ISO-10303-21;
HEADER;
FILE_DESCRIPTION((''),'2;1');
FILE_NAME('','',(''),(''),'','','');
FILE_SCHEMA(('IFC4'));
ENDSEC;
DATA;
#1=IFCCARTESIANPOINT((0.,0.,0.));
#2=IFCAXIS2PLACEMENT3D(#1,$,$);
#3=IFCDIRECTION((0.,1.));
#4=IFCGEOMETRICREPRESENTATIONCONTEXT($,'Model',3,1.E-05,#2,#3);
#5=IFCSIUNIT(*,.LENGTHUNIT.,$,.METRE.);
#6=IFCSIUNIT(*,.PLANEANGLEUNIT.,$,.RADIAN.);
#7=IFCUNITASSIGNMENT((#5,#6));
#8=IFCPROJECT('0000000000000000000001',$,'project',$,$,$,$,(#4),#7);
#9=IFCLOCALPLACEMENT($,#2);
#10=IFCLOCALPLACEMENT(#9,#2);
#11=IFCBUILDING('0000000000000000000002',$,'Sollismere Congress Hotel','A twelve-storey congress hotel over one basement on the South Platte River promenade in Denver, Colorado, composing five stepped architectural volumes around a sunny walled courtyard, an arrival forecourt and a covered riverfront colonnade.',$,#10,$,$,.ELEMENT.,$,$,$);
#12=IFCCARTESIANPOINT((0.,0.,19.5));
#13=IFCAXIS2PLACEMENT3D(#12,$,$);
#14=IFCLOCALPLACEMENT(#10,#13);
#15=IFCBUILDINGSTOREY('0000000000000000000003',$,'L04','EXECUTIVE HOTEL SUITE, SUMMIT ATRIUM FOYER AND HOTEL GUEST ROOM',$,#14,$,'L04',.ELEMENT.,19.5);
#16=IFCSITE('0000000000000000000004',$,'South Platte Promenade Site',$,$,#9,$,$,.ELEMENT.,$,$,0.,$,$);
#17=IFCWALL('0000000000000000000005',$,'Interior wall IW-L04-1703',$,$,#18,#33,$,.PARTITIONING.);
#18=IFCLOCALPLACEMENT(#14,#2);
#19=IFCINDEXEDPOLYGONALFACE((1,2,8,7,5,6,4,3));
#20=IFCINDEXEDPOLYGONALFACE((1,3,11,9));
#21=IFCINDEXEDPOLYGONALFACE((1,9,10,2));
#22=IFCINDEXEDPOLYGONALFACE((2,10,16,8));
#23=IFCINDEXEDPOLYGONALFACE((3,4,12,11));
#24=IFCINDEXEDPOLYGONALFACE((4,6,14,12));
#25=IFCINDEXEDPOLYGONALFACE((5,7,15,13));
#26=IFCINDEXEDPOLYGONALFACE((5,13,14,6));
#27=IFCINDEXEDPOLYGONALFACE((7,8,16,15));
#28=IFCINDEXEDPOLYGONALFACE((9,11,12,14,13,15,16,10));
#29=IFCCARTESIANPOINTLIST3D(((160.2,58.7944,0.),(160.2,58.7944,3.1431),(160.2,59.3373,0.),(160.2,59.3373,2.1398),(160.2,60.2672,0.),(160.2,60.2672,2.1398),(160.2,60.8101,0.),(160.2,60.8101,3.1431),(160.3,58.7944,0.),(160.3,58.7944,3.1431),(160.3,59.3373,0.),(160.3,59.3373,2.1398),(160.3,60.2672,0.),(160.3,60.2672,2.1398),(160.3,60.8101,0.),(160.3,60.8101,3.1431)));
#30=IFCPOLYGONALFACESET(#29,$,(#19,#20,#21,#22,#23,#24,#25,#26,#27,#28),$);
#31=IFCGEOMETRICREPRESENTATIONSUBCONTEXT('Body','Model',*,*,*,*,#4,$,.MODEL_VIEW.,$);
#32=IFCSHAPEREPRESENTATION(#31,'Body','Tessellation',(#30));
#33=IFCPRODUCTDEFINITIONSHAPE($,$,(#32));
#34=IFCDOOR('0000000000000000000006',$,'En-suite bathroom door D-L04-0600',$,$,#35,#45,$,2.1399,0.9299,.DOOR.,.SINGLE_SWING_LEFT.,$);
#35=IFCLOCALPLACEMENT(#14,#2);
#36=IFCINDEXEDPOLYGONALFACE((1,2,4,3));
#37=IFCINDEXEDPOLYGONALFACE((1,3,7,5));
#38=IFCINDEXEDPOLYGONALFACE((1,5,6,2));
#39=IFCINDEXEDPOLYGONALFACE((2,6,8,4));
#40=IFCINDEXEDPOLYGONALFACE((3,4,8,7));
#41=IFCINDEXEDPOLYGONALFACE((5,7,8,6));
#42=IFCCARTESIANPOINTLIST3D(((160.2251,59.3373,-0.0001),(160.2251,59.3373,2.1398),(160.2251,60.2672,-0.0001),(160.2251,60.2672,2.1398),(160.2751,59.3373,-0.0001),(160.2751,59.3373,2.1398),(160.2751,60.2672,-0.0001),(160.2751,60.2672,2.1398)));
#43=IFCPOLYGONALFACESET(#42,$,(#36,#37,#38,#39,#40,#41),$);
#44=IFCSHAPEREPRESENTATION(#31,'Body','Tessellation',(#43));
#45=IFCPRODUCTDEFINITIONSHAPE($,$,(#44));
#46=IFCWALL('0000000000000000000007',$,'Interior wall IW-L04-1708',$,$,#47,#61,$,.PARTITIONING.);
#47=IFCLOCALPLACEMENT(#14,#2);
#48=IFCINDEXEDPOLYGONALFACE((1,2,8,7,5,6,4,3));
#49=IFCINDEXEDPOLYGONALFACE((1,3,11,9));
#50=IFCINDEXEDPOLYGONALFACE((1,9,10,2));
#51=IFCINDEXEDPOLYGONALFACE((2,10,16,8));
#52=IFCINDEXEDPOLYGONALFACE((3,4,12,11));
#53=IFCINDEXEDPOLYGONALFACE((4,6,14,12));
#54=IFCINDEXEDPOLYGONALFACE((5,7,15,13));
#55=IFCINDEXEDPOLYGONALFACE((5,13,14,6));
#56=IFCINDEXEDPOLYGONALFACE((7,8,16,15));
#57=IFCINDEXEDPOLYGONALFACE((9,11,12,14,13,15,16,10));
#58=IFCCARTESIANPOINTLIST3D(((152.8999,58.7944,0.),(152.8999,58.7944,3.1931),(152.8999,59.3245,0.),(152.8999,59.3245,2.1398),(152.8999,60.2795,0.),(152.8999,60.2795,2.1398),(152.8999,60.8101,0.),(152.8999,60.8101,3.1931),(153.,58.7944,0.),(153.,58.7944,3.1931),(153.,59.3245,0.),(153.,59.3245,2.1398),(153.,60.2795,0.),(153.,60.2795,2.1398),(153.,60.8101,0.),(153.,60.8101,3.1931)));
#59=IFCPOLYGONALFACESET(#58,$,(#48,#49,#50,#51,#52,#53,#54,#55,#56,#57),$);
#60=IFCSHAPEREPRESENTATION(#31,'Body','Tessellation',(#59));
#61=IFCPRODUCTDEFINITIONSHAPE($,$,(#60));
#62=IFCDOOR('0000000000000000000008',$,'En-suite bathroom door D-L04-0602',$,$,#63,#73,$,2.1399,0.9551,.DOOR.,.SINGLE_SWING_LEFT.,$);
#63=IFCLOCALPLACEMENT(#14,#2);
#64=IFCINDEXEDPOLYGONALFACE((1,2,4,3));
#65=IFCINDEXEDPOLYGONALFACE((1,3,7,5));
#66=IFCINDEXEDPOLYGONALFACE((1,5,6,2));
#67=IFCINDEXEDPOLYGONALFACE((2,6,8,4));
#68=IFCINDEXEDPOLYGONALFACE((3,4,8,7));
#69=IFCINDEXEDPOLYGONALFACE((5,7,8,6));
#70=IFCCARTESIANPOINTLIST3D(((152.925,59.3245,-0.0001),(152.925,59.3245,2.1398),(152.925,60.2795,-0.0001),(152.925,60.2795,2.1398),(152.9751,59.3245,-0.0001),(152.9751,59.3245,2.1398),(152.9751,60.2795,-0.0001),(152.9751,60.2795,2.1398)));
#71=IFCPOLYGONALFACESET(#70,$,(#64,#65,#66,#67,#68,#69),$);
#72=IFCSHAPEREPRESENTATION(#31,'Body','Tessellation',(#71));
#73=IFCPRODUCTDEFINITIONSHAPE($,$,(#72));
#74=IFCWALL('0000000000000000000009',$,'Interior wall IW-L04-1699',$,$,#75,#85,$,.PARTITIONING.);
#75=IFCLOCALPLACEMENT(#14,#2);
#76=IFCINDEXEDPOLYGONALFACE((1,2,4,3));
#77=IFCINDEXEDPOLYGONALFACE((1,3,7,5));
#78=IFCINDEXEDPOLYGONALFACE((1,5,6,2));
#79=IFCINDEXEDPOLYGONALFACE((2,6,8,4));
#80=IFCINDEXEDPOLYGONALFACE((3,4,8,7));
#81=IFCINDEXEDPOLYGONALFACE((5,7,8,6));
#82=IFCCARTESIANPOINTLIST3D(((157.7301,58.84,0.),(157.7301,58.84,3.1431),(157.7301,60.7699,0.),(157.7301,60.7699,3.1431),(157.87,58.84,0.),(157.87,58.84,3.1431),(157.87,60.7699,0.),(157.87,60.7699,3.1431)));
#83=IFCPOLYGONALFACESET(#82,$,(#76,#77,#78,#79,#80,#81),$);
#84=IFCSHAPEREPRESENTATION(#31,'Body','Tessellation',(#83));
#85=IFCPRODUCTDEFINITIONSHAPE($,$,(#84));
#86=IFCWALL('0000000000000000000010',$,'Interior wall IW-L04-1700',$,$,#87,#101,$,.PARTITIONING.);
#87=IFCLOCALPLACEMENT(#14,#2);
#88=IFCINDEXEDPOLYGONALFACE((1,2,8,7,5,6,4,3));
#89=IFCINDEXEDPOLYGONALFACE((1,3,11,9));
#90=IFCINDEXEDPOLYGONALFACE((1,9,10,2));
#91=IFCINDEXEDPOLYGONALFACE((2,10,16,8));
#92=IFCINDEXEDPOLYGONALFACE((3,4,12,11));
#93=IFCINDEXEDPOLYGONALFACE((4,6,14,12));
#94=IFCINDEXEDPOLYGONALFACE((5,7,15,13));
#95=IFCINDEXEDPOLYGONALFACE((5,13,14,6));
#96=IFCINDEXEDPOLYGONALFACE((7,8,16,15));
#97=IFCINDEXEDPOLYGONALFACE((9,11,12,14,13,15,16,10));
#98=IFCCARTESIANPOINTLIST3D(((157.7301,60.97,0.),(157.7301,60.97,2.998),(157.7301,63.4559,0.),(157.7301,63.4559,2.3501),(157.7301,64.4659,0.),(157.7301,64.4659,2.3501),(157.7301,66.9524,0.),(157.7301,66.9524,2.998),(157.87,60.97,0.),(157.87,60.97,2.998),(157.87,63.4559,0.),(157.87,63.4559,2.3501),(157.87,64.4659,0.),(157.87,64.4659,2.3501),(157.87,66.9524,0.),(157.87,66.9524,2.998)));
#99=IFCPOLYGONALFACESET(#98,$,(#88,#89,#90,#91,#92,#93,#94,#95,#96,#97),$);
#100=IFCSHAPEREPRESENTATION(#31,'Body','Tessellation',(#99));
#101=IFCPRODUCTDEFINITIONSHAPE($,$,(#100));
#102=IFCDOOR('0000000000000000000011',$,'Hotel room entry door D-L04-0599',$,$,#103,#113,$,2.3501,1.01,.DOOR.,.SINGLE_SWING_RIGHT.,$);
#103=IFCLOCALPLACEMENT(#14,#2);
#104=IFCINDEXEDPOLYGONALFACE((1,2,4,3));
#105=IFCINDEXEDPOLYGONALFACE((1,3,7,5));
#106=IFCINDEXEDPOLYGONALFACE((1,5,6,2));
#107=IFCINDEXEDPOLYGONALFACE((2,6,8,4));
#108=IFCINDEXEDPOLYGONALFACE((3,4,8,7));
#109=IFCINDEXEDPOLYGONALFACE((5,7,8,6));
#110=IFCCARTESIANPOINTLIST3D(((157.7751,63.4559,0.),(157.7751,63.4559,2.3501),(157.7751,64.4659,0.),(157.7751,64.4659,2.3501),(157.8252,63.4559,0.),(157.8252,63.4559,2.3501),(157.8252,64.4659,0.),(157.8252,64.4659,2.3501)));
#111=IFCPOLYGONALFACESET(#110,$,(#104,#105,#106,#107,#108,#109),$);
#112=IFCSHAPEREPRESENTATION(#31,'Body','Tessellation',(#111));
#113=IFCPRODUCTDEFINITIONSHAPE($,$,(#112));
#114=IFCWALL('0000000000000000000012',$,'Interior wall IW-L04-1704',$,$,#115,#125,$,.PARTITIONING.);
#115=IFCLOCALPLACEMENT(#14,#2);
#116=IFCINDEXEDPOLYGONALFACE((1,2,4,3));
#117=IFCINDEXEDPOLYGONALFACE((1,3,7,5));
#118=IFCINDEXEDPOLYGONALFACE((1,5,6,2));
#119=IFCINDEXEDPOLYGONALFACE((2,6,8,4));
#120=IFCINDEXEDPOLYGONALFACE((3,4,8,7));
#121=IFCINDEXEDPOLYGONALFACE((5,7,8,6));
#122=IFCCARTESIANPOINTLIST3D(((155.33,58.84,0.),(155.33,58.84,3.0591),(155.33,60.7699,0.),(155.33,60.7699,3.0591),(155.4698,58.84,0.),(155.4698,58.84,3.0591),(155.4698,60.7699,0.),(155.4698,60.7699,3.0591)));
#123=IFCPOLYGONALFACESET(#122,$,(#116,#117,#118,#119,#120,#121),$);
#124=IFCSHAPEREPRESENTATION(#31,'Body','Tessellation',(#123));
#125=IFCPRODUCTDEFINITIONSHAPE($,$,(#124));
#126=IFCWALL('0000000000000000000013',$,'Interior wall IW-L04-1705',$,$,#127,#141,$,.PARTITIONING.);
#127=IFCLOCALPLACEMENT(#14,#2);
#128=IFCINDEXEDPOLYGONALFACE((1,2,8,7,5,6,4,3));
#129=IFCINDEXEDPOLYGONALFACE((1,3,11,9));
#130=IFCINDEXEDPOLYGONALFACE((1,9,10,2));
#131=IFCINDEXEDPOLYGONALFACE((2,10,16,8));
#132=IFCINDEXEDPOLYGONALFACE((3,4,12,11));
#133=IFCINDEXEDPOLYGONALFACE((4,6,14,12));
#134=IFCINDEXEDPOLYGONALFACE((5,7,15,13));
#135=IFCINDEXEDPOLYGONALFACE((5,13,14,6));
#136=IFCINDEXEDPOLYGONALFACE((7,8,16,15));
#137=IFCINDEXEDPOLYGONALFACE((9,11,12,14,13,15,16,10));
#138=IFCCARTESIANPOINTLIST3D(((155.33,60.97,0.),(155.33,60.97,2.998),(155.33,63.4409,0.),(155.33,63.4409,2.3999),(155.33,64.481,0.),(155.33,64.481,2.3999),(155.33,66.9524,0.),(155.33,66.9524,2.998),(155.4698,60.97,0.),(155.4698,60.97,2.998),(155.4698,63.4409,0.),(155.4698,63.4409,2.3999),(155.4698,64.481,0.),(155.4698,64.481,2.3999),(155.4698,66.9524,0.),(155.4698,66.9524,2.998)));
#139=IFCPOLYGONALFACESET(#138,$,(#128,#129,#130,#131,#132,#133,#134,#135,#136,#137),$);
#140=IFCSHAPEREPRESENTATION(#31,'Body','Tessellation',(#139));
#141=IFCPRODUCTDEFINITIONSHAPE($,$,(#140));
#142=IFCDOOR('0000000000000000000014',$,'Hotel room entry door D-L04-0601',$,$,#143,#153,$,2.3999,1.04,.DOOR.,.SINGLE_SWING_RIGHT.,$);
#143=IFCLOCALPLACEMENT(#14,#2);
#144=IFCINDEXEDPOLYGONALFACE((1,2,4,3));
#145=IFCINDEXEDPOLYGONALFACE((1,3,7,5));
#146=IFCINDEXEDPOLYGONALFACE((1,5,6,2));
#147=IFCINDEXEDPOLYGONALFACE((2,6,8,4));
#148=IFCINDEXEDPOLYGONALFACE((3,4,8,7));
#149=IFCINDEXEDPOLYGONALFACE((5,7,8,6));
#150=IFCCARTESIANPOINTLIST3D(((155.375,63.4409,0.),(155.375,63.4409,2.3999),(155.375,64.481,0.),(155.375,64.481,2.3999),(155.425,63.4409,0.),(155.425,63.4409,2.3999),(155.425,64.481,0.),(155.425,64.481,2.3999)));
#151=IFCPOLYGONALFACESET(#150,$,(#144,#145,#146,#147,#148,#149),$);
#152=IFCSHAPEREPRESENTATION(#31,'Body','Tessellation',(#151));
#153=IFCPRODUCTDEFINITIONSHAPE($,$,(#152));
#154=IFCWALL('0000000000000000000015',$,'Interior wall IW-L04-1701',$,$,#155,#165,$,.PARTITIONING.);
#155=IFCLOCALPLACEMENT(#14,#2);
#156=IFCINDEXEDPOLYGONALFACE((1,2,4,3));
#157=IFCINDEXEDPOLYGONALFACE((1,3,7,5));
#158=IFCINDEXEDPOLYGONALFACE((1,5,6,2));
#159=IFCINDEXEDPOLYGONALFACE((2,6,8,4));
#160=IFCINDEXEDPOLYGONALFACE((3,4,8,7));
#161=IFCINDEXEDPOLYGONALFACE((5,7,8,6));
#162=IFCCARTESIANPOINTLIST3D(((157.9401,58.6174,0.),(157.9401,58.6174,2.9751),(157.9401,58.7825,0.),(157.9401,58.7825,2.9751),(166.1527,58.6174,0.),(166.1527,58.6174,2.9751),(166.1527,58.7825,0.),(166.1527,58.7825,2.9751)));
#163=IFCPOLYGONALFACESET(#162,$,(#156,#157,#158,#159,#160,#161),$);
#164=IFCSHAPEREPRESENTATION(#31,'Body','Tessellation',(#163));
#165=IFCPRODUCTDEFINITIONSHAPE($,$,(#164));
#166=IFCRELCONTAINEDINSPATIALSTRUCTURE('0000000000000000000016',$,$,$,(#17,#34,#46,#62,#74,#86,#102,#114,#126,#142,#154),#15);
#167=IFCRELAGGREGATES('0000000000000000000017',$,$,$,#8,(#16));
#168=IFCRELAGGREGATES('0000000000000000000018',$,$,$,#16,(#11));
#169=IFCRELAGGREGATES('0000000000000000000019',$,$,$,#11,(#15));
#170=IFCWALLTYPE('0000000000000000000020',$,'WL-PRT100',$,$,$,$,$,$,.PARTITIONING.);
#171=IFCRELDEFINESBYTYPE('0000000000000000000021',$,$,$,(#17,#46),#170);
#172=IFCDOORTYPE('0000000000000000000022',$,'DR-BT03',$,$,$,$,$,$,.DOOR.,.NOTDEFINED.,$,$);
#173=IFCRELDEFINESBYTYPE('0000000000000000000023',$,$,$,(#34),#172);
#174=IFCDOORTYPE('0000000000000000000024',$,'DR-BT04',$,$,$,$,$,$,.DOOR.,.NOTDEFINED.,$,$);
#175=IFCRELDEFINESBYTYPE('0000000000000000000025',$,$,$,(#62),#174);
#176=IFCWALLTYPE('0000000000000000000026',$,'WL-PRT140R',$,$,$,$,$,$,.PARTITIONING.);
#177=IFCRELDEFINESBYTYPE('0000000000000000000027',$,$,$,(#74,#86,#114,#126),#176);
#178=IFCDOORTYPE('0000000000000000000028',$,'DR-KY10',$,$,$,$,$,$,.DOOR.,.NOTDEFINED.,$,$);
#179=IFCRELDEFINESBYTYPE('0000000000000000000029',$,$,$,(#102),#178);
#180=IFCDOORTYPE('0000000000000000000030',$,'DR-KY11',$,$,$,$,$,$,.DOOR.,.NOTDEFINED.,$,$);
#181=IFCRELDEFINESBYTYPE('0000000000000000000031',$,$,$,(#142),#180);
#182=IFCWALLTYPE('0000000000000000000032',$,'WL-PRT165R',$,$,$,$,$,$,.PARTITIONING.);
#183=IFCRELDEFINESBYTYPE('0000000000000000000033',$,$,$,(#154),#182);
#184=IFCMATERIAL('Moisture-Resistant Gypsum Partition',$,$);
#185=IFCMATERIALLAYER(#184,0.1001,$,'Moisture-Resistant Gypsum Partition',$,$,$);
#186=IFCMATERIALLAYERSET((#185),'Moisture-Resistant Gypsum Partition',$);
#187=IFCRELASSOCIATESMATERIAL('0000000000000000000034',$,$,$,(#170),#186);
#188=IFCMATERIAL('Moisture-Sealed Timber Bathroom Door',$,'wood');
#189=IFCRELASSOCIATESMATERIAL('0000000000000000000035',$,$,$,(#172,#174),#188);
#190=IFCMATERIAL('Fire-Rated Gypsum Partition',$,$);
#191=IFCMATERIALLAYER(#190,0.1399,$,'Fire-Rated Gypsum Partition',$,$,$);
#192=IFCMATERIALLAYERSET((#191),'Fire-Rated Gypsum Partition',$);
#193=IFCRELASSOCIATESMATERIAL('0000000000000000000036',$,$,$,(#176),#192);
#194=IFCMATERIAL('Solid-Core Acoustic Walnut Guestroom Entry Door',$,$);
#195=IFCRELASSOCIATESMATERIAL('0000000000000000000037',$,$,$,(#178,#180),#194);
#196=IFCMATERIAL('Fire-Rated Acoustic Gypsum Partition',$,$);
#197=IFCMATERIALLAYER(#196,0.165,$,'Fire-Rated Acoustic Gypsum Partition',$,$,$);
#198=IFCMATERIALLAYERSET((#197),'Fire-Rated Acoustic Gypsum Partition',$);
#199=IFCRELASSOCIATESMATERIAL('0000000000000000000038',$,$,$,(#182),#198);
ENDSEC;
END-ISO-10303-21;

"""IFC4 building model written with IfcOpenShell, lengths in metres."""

from ifc_helpers import new_model, si_unit, direction, frame, frame_2d, origin, place, context, subcontext, project, spatial, rectangle, extrude, material, layer, layer_set, type_object, element, fill, save


model = new_model("IFC4")

# Units and contexts
model_context = context("Model", 3, precision=1e-05, world=origin(), true_north=direction((0.0, 1.0)))
body_context = subcontext(model_context, "Body", "Model", "MODEL_VIEW")
ifc_project = project(units=[si_unit("LENGTHUNIT", "METRE"), si_unit("PLANEANGLEUNIT", "RADIAN")], contexts=[model_context])

# Site, building, storey
site_placement = place(None, origin())
site = spatial("IfcSite", under=ifc_project, at=site_placement, Name="South Platte Promenade Site", CompositionType="ELEMENT", RefElevation=0.0)
building_placement = place(site_placement, origin())
building = spatial("IfcBuilding", under=site, at=building_placement, Name="Sollismere Congress Hotel", Description="A twelve-storey congress hotel over one basement on the South Platte River promenade in Denver, Colorado, composing five stepped architectural volumes around a sunny walled courtyard, an arrival forecourt and a covered riverfront colonnade.", CompositionType="ELEMENT")
storey_placement = place(building_placement, frame((0.0, 0.0, 19.5)))
storey = spatial("IfcBuildingStorey", under=building, at=storey_placement, Name="L04", Description="EXECUTIVE HOTEL SUITE, SUMMIT ATRIUM FOYER AND HOTEL GUEST ROOM", LongName="L04", CompositionType="ELEMENT", Elevation=19.5)

# Walls, openings, doors
ifc_material_1 = material(Name="Moisture-Resistant Gypsum Partition")
ifc_layer_1 = layer(ifc_material_1, 0.1001, Name="Moisture-Resistant Gypsum Partition")
ifc_layer_set_1 = layer_set([ifc_layer_1], Name="Moisture-Resistant Gypsum Partition")
wall_type_1 = type_object("IfcWallType", Name="WL-PRT100", PredefinedType="PARTITIONING", material=ifc_layer_set_1)
wall_1_placement = place(storey_placement, frame((160.25, 58.7944, 0.0), z_axis=(0.0, 0.0, 1.0), x_axis=(0.0, 1.0, 0.0)))
wall_1 = element("IfcWall", 1, at=wall_1_placement, inside=storey, type_object=wall_type_1, Name="Interior wall IW-L04-1703", PredefinedType="PARTITIONING", context=body_context, shape_type="SweptSolid", body=[
    extrude(rectangle(XDim=2.0156, YDim=0.1001, at=frame_2d((1.0078, 0.0))), origin(), (0.0, 0.0, 1.0), 3.1431),
])
opening_1_placement = place(wall_1_placement, frame((0.543, 0.0, 0.0)))
opening_1 = element("IfcOpeningElement", 2, at=opening_1_placement, cuts=wall_1, PredefinedType="OPENING", context=body_context, shape_type="SweptSolid", body=[
    extrude(rectangle(XDim=0.9299, YDim=2.1399, at=frame_2d((0.4648, 1.0698))), frame((0.0, 0.0601, 0.0), z_axis=(0.0, -1.0, 0.0), x_axis=(1.0, 0.0, 0.0)), (0.0, 0.0, 1.0), 0.1201),
])
ifc_material_2 = material(Name="Moisture-Sealed Timber Bathroom Door", Category="wood")
door_type_1 = type_object("IfcDoorType", Name="DR-BT03", OperationType="NOTDEFINED", PredefinedType="DOOR", material=ifc_material_2)
door_1_placement = place(opening_1_placement, origin())
door_1 = element("IfcDoor", 3, at=door_1_placement, inside=storey, type_object=door_type_1, Name="En-suite bathroom door D-L04-0600", OperationType="SINGLE_SWING_LEFT", OverallHeight=2.1399, OverallWidth=0.9299, PredefinedType="DOOR", context=body_context, shape_type="SweptSolid", body=[
    extrude(rectangle(XDim=0.9299, YDim=2.1399, at=frame_2d((0.4648, 1.0698))), frame((0.0, 0.0249, 0.0), z_axis=(0.0, -1.0, 0.0), x_axis=(1.0, 0.0, 0.0)), (0.0, 0.0, 1.0), 0.05),
])
fill(opening_1, door_1)
wall_2_placement = place(storey_placement, frame((152.95, 58.7944, 0.0), z_axis=(0.0, 0.0, 1.0), x_axis=(0.0, 1.0, 0.0)))
wall_2 = element("IfcWall", 4, at=wall_2_placement, inside=storey, type_object=wall_type_1, Name="Interior wall IW-L04-1708", PredefinedType="PARTITIONING", context=body_context, shape_type="SweptSolid", body=[
    extrude(rectangle(XDim=2.0156, YDim=0.1001, at=frame_2d((1.0078, 0.0))), origin(), (0.0, 0.0, 1.0), 3.1931),
])
opening_2_placement = place(wall_2_placement, frame((0.53, 0.0, 0.0)))
opening_2 = element("IfcOpeningElement", 5, at=opening_2_placement, cuts=wall_2, PredefinedType="OPENING", context=body_context, shape_type="SweptSolid", body=[
    extrude(rectangle(XDim=0.9551, YDim=2.1399, at=frame_2d((0.4775, 1.0698))), frame((0.0, 0.0601, 0.0), z_axis=(0.0, -1.0, 0.0), x_axis=(1.0, 0.0, 0.0)), (0.0, 0.0, 1.0), 0.1201),
])
door_type_2 = type_object("IfcDoorType", Name="DR-BT04", OperationType="NOTDEFINED", PredefinedType="DOOR", material=ifc_material_2)
door_2_placement = place(opening_2_placement, origin())
door_2 = element("IfcDoor", 6, at=door_2_placement, inside=storey, type_object=door_type_2, Name="En-suite bathroom door D-L04-0602", OperationType="SINGLE_SWING_LEFT", OverallHeight=2.1399, OverallWidth=0.9551, PredefinedType="DOOR", context=body_context, shape_type="SweptSolid", body=[
    extrude(rectangle(XDim=0.9551, YDim=2.1399, at=frame_2d((0.4775, 1.0698))), frame((0.0, 0.0249, 0.0), z_axis=(0.0, -1.0, 0.0), x_axis=(1.0, 0.0, 0.0)), (0.0, 0.0, 1.0), 0.05),
])
fill(opening_2, door_2)

# Wall
ifc_material_3 = material(Name="Fire-Rated Gypsum Partition")
ifc_layer_2 = layer(ifc_material_3, 0.1399, Name="Fire-Rated Gypsum Partition")
ifc_layer_set_2 = layer_set([ifc_layer_2], Name="Fire-Rated Gypsum Partition")
wall_type_2 = type_object("IfcWallType", Name="WL-PRT140R", PredefinedType="PARTITIONING", material=ifc_layer_set_2)
wall_3_placement = place(storey_placement, frame((157.8, 58.8401, 0.0), z_axis=(0.0, 0.0, 1.0), x_axis=(0.0, 1.0, 0.0)))
element("IfcWall", 7, at=wall_3_placement, inside=storey, type_object=wall_type_2, Name="Interior wall IW-L04-1699", PredefinedType="PARTITIONING", context=body_context, shape_type="SweptSolid", body=[
    extrude(rectangle(XDim=1.9299, YDim=0.1399, at=frame_2d((0.9648, 0.0))), origin(), (0.0, 0.0, 1.0), 3.1431),
])

# Wall, opening, door
wall_4_placement = place(storey_placement, frame((157.8, 60.97, 0.0), z_axis=(0.0, 0.0, 1.0), x_axis=(0.0, 1.0, 0.0)))
wall_4 = element("IfcWall", 8, at=wall_4_placement, inside=storey, type_object=wall_type_2, Name="Interior wall IW-L04-1700", PredefinedType="PARTITIONING", context=body_context, shape_type="SweptSolid", body=[
    extrude(rectangle(XDim=5.9824, YDim=0.1399, at=frame_2d((2.9912, 0.0))), origin(), (0.0, 0.0, 1.0), 2.998),
])
opening_3_placement = place(wall_4_placement, frame((2.4861, 0.0, 0.0)))
opening_3 = element("IfcOpeningElement", 9, at=opening_3_placement, cuts=wall_4, PredefinedType="OPENING", context=body_context, shape_type="SweptSolid", body=[
    extrude(rectangle(XDim=1.01, YDim=2.3501, at=frame_2d((0.5049, 1.175))), frame((0.0, 0.0798, 0.0), z_axis=(0.0, -1.0, 0.0), x_axis=(1.0, 0.0, 0.0)), (0.0, 0.0, 1.0), 0.1599),
])
ifc_material_4 = material(Name="Solid-Core Acoustic Walnut Guestroom Entry Door")
door_type_3 = type_object("IfcDoorType", Name="DR-KY10", OperationType="NOTDEFINED", PredefinedType="DOOR", material=ifc_material_4)
door_3_placement = place(opening_3_placement, origin())
door_3 = element("IfcDoor", 10, at=door_3_placement, inside=storey, type_object=door_type_3, Name="Hotel room entry door D-L04-0599", OperationType="SINGLE_SWING_RIGHT", OverallHeight=2.3501, OverallWidth=1.01, PredefinedType="DOOR", context=body_context, shape_type="SweptSolid", body=[
    extrude(rectangle(XDim=1.01, YDim=2.3501, at=frame_2d((0.5049, 1.175))), frame((0.0, 0.0249, 0.0), z_axis=(0.0, -1.0, 0.0), x_axis=(1.0, 0.0, 0.0)), (0.0, 0.0, 1.0), 0.05),
])
fill(opening_3, door_3)

# Wall
wall_5_placement = place(storey_placement, frame((155.3999, 58.8401, 0.0), z_axis=(0.0, 0.0, 1.0), x_axis=(0.0, 1.0, 0.0)))
element("IfcWall", 11, at=wall_5_placement, inside=storey, type_object=wall_type_2, Name="Interior wall IW-L04-1704", PredefinedType="PARTITIONING", context=body_context, shape_type="SweptSolid", body=[
    extrude(rectangle(XDim=1.9299, YDim=0.1399, at=frame_2d((0.9648, 0.0))), origin(), (0.0, 0.0, 1.0), 3.0591),
])

# Wall, opening, door
wall_6_placement = place(storey_placement, frame((155.3999, 60.97, 0.0), z_axis=(0.0, 0.0, 1.0), x_axis=(0.0, 1.0, 0.0)))
wall_6 = element("IfcWall", 12, at=wall_6_placement, inside=storey, type_object=wall_type_2, Name="Interior wall IW-L04-1705", PredefinedType="PARTITIONING", context=body_context, shape_type="SweptSolid", body=[
    extrude(rectangle(XDim=5.9824, YDim=0.1399, at=frame_2d((2.9912, 0.0))), origin(), (0.0, 0.0, 1.0), 2.998),
])
opening_4_placement = place(wall_6_placement, frame((2.4709, 0.0, 0.0)))
opening_4 = element("IfcOpeningElement", 13, at=opening_4_placement, cuts=wall_6, PredefinedType="OPENING", context=body_context, shape_type="SweptSolid", body=[
    extrude(rectangle(XDim=1.04, YDim=2.3999, at=frame_2d((0.52, 1.2))), frame((0.0, 0.0798, 0.0), z_axis=(0.0, -1.0, 0.0), x_axis=(1.0, 0.0, 0.0)), (0.0, 0.0, 1.0), 0.1599),
])
door_type_4 = type_object("IfcDoorType", Name="DR-KY11", OperationType="NOTDEFINED", PredefinedType="DOOR", material=ifc_material_4)
door_4_placement = place(opening_4_placement, origin())
door_4 = element("IfcDoor", 14, at=door_4_placement, inside=storey, type_object=door_type_4, Name="Hotel room entry door D-L04-0601", OperationType="SINGLE_SWING_RIGHT", OverallHeight=2.3999, OverallWidth=1.04, PredefinedType="DOOR", context=body_context, shape_type="SweptSolid", body=[
    extrude(rectangle(XDim=1.04, YDim=2.3999, at=frame_2d((0.52, 1.2))), frame((0.0, 0.0249, 0.0), z_axis=(0.0, -1.0, 0.0), x_axis=(1.0, 0.0, 0.0)), (0.0, 0.0, 1.0), 0.05),
])
fill(opening_4, door_4)

# Wall
ifc_material_5 = material(Name="Fire-Rated Acoustic Gypsum Partition")
ifc_layer_3 = layer(ifc_material_5, 0.165, Name="Fire-Rated Acoustic Gypsum Partition")
ifc_layer_set_3 = layer_set([ifc_layer_3], Name="Fire-Rated Acoustic Gypsum Partition")
wall_type_3 = type_object("IfcWallType", Name="WL-PRT165R", PredefinedType="PARTITIONING", material=ifc_layer_set_3)
wall_7_placement = place(storey_placement, frame((157.9399, 58.7, 0.0), z_axis=(0.0, 0.0, 1.0), x_axis=(1.0, 0.0, 0.0)))
element("IfcWall", 15, at=wall_7_placement, inside=storey, type_object=wall_type_3, Name="Interior wall IW-L04-1701", PredefinedType="PARTITIONING", context=body_context, shape_type="SweptSolid", body=[
    extrude(rectangle(XDim=8.2126, YDim=0.165, at=frame_2d((4.1064, 0.0))), origin(), (0.0, 0.0, 1.0), 2.9751),
])

save(model, "model.ifc")
